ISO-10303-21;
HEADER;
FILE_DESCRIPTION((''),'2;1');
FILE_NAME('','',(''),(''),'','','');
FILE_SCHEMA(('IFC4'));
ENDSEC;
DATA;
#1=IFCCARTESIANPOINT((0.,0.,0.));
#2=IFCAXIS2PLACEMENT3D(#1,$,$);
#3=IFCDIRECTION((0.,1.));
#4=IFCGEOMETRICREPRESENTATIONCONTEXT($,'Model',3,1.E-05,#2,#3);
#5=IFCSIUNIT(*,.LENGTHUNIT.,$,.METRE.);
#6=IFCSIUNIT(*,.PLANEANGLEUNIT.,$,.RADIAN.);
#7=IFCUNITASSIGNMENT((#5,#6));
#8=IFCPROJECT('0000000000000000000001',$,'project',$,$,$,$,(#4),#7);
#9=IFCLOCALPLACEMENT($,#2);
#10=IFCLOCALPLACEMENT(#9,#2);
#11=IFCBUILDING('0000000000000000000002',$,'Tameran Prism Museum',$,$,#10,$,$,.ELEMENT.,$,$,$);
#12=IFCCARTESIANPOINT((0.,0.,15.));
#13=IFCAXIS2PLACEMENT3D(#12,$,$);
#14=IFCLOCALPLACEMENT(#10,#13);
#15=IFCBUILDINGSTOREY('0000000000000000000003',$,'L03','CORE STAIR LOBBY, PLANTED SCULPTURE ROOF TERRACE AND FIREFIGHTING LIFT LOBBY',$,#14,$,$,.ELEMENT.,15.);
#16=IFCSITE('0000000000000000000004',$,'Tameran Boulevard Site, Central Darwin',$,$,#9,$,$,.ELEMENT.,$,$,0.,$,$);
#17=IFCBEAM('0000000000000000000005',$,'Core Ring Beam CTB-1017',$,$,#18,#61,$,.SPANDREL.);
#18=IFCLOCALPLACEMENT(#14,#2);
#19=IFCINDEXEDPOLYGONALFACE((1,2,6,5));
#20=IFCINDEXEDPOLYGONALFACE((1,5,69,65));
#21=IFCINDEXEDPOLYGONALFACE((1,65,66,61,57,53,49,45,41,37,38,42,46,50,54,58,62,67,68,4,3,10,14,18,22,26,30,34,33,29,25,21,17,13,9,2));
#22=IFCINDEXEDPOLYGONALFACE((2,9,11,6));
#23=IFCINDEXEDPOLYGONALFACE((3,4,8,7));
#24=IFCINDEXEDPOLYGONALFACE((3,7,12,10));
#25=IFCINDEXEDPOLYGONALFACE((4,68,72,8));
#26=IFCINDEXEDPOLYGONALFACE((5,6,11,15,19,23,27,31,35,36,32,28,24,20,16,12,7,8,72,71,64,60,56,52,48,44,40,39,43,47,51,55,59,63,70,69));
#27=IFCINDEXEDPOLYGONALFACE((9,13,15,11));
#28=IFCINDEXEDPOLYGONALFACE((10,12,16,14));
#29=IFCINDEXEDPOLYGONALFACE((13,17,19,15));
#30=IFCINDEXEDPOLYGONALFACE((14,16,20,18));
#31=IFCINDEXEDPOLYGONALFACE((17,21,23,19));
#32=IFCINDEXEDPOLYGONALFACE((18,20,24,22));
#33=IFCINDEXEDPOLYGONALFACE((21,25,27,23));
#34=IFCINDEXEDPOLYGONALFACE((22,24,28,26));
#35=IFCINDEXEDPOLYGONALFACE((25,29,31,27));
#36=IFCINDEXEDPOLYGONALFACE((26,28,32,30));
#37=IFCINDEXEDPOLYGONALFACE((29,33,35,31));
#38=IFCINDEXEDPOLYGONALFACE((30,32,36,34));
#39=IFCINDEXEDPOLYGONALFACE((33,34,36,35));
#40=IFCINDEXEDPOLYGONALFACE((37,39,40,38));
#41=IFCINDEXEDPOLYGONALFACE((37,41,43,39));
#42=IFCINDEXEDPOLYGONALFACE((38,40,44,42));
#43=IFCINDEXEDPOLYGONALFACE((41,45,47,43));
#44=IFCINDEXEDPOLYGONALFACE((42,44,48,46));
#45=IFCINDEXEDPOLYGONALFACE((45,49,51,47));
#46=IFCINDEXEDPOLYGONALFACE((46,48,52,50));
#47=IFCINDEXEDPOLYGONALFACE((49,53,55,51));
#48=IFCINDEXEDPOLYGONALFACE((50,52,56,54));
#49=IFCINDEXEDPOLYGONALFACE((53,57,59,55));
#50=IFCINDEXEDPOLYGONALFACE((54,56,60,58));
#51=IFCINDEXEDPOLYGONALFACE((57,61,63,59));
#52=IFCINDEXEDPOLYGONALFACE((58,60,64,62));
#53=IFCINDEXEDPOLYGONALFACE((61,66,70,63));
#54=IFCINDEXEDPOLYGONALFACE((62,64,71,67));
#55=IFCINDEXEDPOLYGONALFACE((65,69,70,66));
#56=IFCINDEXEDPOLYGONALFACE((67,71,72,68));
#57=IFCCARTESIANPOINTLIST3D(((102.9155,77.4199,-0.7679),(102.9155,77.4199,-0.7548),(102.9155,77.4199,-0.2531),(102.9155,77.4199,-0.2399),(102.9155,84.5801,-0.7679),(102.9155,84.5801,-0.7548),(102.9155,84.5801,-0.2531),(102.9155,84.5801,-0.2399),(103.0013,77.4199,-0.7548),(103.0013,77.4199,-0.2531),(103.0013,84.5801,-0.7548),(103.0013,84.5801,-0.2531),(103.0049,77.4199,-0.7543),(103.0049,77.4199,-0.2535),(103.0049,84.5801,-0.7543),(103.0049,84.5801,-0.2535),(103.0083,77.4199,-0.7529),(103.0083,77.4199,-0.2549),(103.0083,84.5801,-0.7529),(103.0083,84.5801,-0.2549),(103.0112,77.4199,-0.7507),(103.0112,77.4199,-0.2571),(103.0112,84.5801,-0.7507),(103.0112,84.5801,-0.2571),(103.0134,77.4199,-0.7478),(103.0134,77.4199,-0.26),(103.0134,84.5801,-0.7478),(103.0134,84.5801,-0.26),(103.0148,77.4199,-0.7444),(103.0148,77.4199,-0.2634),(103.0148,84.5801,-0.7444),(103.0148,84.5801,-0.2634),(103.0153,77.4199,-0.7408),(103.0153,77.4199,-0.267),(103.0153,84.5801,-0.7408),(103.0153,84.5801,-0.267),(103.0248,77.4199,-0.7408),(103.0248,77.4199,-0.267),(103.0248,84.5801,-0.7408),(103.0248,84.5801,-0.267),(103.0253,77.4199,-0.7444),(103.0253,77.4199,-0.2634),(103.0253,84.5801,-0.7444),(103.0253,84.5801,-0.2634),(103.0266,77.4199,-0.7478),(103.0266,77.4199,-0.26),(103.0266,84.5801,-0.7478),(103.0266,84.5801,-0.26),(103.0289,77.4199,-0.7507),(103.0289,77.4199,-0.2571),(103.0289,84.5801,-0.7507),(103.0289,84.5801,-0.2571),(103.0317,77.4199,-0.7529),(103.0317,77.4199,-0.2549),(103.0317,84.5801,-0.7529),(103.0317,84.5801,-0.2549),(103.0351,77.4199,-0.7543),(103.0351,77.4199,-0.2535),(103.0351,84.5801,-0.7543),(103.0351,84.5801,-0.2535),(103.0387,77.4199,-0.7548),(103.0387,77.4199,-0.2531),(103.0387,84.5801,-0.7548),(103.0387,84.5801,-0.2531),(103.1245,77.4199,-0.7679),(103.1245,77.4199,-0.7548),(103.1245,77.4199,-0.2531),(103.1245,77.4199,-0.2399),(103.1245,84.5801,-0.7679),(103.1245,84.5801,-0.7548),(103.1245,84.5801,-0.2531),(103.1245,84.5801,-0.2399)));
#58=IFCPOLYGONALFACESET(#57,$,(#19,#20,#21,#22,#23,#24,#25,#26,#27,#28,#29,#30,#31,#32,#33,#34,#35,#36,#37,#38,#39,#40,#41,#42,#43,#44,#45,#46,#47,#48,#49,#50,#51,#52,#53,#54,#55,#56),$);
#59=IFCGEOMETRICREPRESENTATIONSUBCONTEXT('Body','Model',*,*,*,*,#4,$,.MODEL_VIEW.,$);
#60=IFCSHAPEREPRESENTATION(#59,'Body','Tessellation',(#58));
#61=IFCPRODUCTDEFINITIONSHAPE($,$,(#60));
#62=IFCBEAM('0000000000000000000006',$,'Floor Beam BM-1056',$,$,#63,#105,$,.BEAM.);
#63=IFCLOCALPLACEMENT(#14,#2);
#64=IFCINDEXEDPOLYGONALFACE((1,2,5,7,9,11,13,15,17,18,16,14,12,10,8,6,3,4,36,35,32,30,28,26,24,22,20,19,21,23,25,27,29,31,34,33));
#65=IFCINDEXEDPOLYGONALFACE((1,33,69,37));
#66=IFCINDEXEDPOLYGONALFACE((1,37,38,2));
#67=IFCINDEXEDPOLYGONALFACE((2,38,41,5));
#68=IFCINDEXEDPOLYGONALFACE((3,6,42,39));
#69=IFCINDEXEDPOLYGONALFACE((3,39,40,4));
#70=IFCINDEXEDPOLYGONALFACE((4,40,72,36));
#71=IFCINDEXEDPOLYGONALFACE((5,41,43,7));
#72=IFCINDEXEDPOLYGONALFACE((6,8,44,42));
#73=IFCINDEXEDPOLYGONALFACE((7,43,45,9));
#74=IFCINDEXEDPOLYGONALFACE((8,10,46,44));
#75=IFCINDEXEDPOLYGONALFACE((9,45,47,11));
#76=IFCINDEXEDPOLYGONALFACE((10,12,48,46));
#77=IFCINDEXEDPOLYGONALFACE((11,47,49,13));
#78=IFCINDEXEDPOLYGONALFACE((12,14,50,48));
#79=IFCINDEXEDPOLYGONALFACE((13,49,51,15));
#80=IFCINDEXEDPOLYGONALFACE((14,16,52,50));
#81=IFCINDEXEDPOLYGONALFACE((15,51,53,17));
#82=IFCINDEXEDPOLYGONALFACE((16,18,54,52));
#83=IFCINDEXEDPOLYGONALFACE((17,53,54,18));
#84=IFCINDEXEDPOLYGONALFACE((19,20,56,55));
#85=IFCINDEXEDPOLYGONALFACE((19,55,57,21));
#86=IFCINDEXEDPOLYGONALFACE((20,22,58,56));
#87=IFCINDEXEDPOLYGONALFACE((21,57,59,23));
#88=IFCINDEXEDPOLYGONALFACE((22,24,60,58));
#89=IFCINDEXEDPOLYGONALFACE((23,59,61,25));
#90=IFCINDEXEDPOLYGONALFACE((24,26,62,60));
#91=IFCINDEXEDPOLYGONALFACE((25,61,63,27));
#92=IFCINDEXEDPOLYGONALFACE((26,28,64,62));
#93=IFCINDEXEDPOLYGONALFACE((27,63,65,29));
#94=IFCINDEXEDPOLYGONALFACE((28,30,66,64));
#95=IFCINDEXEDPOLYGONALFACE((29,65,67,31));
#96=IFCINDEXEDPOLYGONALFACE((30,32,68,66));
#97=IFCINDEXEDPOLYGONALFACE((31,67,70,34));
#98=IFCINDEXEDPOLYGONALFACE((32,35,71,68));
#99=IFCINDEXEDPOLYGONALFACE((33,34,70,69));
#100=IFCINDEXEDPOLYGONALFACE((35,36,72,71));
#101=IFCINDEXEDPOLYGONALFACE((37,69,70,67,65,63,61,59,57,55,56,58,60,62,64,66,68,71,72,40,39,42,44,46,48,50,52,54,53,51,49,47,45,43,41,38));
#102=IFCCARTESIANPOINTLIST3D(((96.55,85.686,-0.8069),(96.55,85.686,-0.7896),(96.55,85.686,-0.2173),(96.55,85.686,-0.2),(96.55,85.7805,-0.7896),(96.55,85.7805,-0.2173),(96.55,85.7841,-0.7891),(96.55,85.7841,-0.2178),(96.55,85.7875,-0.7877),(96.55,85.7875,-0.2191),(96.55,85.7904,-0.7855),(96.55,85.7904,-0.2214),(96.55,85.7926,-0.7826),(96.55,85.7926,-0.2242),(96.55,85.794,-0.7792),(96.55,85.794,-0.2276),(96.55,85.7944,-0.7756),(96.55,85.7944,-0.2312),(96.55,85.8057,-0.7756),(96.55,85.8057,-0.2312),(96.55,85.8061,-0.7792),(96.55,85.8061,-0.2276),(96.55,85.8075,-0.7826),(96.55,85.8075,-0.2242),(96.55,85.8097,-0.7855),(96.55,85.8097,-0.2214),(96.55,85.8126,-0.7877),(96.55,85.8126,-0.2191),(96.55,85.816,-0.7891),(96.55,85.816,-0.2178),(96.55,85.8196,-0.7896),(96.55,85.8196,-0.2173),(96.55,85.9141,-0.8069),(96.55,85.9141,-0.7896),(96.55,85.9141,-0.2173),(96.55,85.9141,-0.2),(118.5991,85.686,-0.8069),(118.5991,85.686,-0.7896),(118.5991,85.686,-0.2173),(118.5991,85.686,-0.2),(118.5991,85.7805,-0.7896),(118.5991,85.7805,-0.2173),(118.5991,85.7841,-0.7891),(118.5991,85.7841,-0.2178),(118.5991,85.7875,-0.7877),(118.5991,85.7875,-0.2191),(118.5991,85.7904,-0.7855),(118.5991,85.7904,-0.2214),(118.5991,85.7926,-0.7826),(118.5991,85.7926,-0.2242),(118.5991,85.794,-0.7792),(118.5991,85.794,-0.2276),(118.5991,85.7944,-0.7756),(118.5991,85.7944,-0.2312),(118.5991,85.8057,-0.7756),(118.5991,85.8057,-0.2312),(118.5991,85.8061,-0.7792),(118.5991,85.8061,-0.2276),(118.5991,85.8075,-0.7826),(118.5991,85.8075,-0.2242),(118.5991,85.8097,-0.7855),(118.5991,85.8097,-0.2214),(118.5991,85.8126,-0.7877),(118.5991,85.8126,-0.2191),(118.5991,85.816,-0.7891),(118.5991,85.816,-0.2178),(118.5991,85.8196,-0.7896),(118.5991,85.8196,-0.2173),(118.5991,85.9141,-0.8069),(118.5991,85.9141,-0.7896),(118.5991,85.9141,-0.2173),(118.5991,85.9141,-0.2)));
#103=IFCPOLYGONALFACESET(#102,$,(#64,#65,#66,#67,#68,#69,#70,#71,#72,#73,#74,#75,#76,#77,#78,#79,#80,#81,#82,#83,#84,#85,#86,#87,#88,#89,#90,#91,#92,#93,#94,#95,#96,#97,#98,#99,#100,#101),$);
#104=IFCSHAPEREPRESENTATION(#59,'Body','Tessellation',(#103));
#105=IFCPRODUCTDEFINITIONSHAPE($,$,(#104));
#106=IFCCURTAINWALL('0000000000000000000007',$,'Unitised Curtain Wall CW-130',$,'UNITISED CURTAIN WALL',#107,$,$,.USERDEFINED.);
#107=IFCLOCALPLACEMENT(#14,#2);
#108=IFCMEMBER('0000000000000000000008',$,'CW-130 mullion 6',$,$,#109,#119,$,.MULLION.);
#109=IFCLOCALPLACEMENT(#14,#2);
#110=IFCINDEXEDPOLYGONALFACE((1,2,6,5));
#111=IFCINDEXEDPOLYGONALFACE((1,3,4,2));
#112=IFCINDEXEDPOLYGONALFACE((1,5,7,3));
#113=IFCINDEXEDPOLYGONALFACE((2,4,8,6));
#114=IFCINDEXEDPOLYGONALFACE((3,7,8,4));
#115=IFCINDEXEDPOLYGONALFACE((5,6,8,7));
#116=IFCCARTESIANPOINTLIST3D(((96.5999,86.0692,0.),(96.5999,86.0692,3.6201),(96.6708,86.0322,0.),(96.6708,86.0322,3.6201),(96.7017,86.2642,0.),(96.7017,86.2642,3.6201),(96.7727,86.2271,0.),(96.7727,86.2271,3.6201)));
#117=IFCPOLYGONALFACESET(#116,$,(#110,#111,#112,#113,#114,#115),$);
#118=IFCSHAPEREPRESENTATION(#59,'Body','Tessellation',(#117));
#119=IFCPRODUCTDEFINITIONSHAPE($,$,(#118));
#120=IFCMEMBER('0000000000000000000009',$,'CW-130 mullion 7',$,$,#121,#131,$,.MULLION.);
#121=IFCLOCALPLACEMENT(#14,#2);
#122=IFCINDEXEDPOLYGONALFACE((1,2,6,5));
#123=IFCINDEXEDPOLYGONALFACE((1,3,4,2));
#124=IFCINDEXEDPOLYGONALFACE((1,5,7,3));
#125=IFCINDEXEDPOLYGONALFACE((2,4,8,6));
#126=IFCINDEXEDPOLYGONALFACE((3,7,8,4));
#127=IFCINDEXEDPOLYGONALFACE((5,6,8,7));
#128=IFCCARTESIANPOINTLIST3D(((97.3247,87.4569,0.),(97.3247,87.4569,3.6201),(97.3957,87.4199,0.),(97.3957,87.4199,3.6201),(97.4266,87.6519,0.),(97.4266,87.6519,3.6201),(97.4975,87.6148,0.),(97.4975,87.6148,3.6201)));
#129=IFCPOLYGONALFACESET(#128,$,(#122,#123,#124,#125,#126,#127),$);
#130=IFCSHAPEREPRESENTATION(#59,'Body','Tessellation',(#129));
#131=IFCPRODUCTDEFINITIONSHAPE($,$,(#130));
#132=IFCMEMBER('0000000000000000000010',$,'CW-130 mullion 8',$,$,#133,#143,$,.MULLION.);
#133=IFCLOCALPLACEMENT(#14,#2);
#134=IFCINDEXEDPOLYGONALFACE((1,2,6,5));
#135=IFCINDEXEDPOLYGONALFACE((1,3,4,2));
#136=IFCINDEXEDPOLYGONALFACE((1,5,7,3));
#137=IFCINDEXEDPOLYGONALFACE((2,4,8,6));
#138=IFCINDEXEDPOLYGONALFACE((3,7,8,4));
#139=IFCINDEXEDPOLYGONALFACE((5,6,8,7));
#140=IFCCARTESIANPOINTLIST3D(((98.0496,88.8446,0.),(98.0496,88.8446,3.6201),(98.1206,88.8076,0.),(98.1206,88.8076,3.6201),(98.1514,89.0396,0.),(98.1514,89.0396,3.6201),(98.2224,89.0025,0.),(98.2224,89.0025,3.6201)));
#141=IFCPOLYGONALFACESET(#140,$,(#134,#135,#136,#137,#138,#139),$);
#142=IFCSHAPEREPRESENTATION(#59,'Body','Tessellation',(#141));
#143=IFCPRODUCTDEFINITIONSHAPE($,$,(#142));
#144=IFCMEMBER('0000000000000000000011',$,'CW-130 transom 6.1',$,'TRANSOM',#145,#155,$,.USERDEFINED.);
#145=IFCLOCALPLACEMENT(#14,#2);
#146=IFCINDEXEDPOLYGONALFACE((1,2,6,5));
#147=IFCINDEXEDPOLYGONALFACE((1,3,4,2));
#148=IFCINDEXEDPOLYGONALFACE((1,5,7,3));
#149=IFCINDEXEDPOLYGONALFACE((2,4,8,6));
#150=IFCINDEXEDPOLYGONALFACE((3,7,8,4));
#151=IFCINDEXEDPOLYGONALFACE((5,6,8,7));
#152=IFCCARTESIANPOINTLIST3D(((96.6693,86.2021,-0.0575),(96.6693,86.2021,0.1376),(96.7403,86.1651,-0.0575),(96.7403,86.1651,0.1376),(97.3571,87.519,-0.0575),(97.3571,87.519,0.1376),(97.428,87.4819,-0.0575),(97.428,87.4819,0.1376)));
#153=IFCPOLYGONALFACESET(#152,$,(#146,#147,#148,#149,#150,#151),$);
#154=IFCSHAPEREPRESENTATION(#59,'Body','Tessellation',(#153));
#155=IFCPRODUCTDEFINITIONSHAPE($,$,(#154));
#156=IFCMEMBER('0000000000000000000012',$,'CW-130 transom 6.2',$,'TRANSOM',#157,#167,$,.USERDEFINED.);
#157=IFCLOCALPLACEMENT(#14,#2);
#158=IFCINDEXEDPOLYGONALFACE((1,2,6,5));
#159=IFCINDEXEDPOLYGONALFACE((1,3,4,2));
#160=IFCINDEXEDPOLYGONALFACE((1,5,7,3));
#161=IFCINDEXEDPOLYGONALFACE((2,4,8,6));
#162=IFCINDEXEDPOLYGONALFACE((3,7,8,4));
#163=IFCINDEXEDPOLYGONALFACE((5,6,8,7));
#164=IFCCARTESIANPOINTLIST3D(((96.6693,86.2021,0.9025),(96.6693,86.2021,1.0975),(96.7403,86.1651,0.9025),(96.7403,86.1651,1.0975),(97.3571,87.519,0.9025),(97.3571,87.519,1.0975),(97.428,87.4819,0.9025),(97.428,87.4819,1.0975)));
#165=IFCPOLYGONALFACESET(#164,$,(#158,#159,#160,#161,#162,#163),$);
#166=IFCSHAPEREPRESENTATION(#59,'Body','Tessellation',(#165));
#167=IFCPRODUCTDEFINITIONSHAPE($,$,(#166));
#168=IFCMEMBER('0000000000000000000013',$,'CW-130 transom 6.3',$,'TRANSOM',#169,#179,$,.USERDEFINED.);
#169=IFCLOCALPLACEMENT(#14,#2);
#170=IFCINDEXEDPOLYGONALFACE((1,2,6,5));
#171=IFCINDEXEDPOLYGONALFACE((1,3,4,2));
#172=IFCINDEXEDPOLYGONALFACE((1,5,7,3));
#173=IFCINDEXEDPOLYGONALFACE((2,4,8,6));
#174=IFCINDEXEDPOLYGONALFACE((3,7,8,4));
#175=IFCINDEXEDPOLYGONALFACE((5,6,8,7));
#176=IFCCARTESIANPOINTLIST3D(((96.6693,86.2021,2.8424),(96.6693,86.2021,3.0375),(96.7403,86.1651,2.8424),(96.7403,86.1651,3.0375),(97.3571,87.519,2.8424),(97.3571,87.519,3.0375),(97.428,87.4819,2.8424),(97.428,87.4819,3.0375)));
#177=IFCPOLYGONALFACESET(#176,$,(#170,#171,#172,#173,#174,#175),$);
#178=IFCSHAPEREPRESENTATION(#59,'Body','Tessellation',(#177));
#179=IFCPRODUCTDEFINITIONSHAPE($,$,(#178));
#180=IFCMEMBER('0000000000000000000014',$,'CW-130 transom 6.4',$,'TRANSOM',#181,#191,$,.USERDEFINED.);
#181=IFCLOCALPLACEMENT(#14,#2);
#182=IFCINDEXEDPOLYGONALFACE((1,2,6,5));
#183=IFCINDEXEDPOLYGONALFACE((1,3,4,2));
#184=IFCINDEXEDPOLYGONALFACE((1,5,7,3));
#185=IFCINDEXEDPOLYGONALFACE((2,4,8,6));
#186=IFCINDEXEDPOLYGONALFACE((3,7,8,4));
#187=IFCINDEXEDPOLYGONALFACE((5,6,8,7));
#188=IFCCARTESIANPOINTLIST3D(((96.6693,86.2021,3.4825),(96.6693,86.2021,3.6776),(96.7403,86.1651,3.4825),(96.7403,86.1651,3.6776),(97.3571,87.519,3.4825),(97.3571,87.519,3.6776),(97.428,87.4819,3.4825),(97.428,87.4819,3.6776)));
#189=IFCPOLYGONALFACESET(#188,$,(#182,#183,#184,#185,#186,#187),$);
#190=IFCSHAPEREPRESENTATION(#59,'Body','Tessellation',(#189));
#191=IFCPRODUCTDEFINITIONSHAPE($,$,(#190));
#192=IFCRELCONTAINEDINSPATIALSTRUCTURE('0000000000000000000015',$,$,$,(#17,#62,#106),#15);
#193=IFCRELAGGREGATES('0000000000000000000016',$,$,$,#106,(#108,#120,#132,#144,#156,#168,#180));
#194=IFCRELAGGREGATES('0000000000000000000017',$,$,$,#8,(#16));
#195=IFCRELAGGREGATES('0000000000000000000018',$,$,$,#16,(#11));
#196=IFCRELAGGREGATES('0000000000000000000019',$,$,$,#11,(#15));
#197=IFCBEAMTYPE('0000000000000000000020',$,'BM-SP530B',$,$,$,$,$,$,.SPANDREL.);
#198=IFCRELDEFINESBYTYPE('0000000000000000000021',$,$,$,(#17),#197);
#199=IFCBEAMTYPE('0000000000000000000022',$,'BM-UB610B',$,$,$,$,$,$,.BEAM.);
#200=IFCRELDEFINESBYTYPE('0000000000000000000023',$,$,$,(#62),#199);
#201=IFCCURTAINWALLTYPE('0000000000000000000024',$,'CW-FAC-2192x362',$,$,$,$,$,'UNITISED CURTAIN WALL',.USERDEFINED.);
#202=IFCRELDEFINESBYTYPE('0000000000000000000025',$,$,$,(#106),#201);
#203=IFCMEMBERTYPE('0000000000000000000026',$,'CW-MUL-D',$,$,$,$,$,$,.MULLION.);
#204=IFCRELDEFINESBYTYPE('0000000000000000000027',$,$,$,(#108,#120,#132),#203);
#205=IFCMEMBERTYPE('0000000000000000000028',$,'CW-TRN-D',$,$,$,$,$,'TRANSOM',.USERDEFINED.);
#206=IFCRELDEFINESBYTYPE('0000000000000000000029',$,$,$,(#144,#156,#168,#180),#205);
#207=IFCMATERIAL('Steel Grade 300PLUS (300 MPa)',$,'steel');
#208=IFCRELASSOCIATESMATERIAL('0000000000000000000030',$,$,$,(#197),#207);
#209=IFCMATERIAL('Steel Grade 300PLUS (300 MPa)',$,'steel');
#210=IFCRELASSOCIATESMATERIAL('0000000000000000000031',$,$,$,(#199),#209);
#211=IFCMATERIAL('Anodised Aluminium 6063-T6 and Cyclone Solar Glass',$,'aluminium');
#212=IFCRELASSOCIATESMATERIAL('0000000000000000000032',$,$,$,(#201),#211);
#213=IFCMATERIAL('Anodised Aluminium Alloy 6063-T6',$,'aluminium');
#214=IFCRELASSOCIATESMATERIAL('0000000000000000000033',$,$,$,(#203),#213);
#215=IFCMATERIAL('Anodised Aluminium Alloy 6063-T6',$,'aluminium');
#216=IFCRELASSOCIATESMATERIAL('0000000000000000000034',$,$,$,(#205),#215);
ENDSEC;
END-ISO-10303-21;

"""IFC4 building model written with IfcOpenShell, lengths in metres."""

from ifc_helpers import new_model, si_unit, direction, frame, origin, origin_2d, place, context, subcontext, project, spatial, rectangle, i_section, extrude, material, material_profile, profile_set, type_object, element, aggregate, save


model = new_model("IFC4")

# Units and contexts
model_context = context("Model", 3, precision=1e-05, world=origin(), true_north=direction((0.0, 1.0)))
body_context = subcontext(model_context, "Body", "Model", "MODEL_VIEW")
ifc_project = project(units=[si_unit("LENGTHUNIT", "METRE"), si_unit("PLANEANGLEUNIT", "RADIAN")], contexts=[model_context])

# Site, building, storey
site_placement = place(None, origin())
site = spatial("IfcSite", under=ifc_project, at=site_placement, Name="Tameran Boulevard Site, Central Darwin", CompositionType="ELEMENT", RefElevation=0.0)
building_placement = place(site_placement, origin())
building = spatial("IfcBuilding", under=site, at=building_placement, Name="Tameran Prism Museum", CompositionType="ELEMENT")
storey_placement = place(building_placement, frame((0.0, 0.0, 15.0)))
storey = spatial("IfcBuildingStorey", under=building, at=storey_placement, Name="L03", Description="CORE STAIR LOBBY, PLANTED SCULPTURE ROOF TERRACE AND FIREFIGHTING LIFT LOBBY", CompositionType="ELEMENT", Elevation=15.0)

# Beams
ifc_material_1 = material(Name="Steel Grade 300PLUS (300 MPa)", Category="steel")
ifc_material_profile_1 = material_profile(ifc_material_1, i_section(OverallWidth=0.209, OverallDepth=0.5281, WebThickness=0.0095, FlangeThickness=0.0132, FilletRadius=0.0139, at=origin_2d()))
ifc_profile_set_1 = profile_set([ifc_material_profile_1])
beam_type_1 = type_object("IfcBeamType", Name="BM-SP530B", PredefinedType="SPANDREL", material=ifc_profile_set_1)
beam_1_placement = place(storey_placement, frame((103.02, 84.5801, -0.5039), z_axis=(0.0, -1.0, 0.0), x_axis=(1.0, 0.0, 0.0)))
element("IfcBeam", 1, at=beam_1_placement, inside=storey, type_object=beam_type_1, Name="Core Ring Beam CTB-1017", PredefinedType="SPANDREL", context=body_context, shape_type="SweptSolid", body=[
    extrude(i_section(OverallWidth=0.209, OverallDepth=0.5281, WebThickness=0.0095, FlangeThickness=0.0132, FilletRadius=0.0139, at=origin_2d()), origin(), (0.0, 0.0, 1.0), 7.1602),
])
ifc_material_2 = material(Name="Steel Grade 300PLUS (300 MPa)", Category="steel")
ifc_material_profile_2 = material_profile(ifc_material_2, i_section(OverallWidth=0.228, OverallDepth=0.6069, WebThickness=0.0112, FlangeThickness=0.0173, FilletRadius=0.0139, at=origin_2d()))
ifc_profile_set_2 = profile_set([ifc_material_profile_2])
beam_type_2 = type_object("IfcBeamType", Name="BM-UB610B", PredefinedType="BEAM", material=ifc_profile_set_2)
beam_2_placement = place(storey_placement, frame((96.55, 85.8, -0.5034), z_axis=(1.0, 0.0, 0.0), x_axis=(0.0, 1.0, 0.0)))
element("IfcBeam", 2, at=beam_2_placement, inside=storey, type_object=beam_type_2, Name="Floor Beam BM-1056", PredefinedType="BEAM", context=body_context, shape_type="SweptSolid", body=[
    extrude(i_section(OverallWidth=0.228, OverallDepth=0.6069, WebThickness=0.0112, FlangeThickness=0.0173, FilletRadius=0.0139, at=origin_2d()), origin(), (0.0, 0.0, 1.0), 22.0491),
])

# Curtain wall, members
ifc_material_3 = material(Name="Anodised Aluminium 6063-T6 and Cyclone Solar Glass", Category="aluminium")
curtain_wall_type = type_object("IfcCurtainWallType", Name="CW-FAC-2192x362", ElementType="UNITISED CURTAIN WALL", PredefinedType="USERDEFINED", material=ifc_material_3)
curtain_wall_placement = place(storey_placement, origin())
curtain_wall = element("IfcCurtainWall", 3, at=curtain_wall_placement, inside=storey, type_object=curtain_wall_type, Name="Unitised Curtain Wall CW-130", ObjectType="UNITISED CURTAIN WALL", PredefinedType="USERDEFINED")
ifc_material_4 = material(Name="Anodised Aluminium Alloy 6063-T6", Category="aluminium")
ifc_material_profile_3 = material_profile(ifc_material_4, rectangle(XDim=0.0801, YDim=0.22, at=origin_2d()))
ifc_profile_set_3 = profile_set([ifc_material_profile_3])
member_type_1 = type_object("IfcMemberType", Name="CW-MUL-D", PredefinedType="MULLION", material=ifc_profile_set_3)
member_1_placement = place(storey_placement, frame((96.6863, 86.1482, 0.0), z_axis=(0.0, 0.0, 1.0), x_axis=(-0.886357, 0.463003, 0.0)))
member_1 = element("IfcMember", 4, at=member_1_placement, type_object=member_type_1, Name="CW-130 mullion 6", PredefinedType="MULLION", context=body_context, shape_type="SweptSolid", body=[
    extrude(rectangle(XDim=0.0801, YDim=0.22, at=origin_2d()), origin(), (0.0, 0.0, 1.0), 3.6201),
])
member_2_placement = place(storey_placement, frame((97.4111, 87.5359, 0.0), z_axis=(0.0, 0.0, 1.0), x_axis=(-0.886357, 0.463003, 0.0)))
member_2 = element("IfcMember", 5, at=member_2_placement, type_object=member_type_1, Name="CW-130 mullion 7", PredefinedType="MULLION", context=body_context, shape_type="SweptSolid", body=[
    extrude(rectangle(XDim=0.0801, YDim=0.22, at=origin_2d()), origin(), (0.0, 0.0, 1.0), 3.6201),
])
member_3_placement = place(storey_placement, frame((98.136, 88.9236, 0.0), z_axis=(0.0, 0.0, 1.0), x_axis=(-0.886357, 0.463003, 0.0)))
member_3 = element("IfcMember", 6, at=member_3_placement, type_object=member_type_1, Name="CW-130 mullion 8", PredefinedType="MULLION", context=body_context, shape_type="SweptSolid", body=[
    extrude(rectangle(XDim=0.0801, YDim=0.22, at=origin_2d()), origin(), (0.0, 0.0, 1.0), 3.6201),
])
ifc_material_5 = material(Name="Anodised Aluminium Alloy 6063-T6", Category="aluminium")
ifc_material_profile_4 = material_profile(ifc_material_5, rectangle(XDim=0.0801, YDim=0.1951, at=origin_2d()))
ifc_profile_set_4 = profile_set([ifc_material_profile_4])
member_type_2 = type_object("IfcMemberType", Name="CW-TRN-D", ElementType="TRANSOM", PredefinedType="USERDEFINED", material=ifc_profile_set_4)
member_4_placement = place(storey_placement, frame((96.7048, 86.1836, 0.04), z_axis=(0.46292, 0.8864, 0.0), x_axis=(-0.8864, 0.46292, 0.0)))
member_4 = element("IfcMember", 7, at=member_4_placement, type_object=member_type_2, Name="CW-130 transom 6.1", ObjectType="TRANSOM", PredefinedType="USERDEFINED", context=body_context, shape_type="SweptSolid", body=[
    extrude(rectangle(XDim=0.0801, YDim=0.1951, at=origin_2d()), origin(), (0.0, 0.0, 1.0), 1.4856),
])
member_5_placement = place(storey_placement, frame((96.7048, 86.1836, 1.0), z_axis=(0.46292, 0.8864, 0.0), x_axis=(-0.8864, 0.46292, 0.0)))
member_5 = element("IfcMember", 8, at=member_5_placement, type_object=member_type_2, Name="CW-130 transom 6.2", ObjectType="TRANSOM", PredefinedType="USERDEFINED", context=body_context, shape_type="SweptSolid", body=[
    extrude(rectangle(XDim=0.0801, YDim=0.1951, at=origin_2d()), origin(), (0.0, 0.0, 1.0), 1.4856),
])
member_6_placement = place(storey_placement, frame((96.7048, 86.1836, 2.9399), z_axis=(0.46292, 0.8864, 0.0), x_axis=(-0.8864, 0.46292, 0.0)))
member_6 = element("IfcMember", 9, at=member_6_placement, type_object=member_type_2, Name="CW-130 transom 6.3", ObjectType="TRANSOM", PredefinedType="USERDEFINED", context=body_context, shape_type="SweptSolid", body=[
    extrude(rectangle(XDim=0.0801, YDim=0.1951, at=origin_2d()), origin(), (0.0, 0.0, 1.0), 1.4856),
])
member_7_placement = place(storey_placement, frame((96.7048, 86.1836, 3.5801), z_axis=(0.46292, 0.8864, 0.0), x_axis=(-0.8864, 0.46292, 0.0)))
member_7 = element("IfcMember", 10, at=member_7_placement, type_object=member_type_2, Name="CW-130 transom 6.4", ObjectType="TRANSOM", PredefinedType="USERDEFINED", context=body_context, shape_type="SweptSolid", body=[
    extrude(rectangle(XDim=0.0801, YDim=0.1951, at=origin_2d()), origin(), (0.0, 0.0, 1.0), 1.4856),
])
aggregate(curtain_wall, [member_1, member_2, member_3, member_4, member_5, member_6, member_7])

save(model, "model.ifc")
